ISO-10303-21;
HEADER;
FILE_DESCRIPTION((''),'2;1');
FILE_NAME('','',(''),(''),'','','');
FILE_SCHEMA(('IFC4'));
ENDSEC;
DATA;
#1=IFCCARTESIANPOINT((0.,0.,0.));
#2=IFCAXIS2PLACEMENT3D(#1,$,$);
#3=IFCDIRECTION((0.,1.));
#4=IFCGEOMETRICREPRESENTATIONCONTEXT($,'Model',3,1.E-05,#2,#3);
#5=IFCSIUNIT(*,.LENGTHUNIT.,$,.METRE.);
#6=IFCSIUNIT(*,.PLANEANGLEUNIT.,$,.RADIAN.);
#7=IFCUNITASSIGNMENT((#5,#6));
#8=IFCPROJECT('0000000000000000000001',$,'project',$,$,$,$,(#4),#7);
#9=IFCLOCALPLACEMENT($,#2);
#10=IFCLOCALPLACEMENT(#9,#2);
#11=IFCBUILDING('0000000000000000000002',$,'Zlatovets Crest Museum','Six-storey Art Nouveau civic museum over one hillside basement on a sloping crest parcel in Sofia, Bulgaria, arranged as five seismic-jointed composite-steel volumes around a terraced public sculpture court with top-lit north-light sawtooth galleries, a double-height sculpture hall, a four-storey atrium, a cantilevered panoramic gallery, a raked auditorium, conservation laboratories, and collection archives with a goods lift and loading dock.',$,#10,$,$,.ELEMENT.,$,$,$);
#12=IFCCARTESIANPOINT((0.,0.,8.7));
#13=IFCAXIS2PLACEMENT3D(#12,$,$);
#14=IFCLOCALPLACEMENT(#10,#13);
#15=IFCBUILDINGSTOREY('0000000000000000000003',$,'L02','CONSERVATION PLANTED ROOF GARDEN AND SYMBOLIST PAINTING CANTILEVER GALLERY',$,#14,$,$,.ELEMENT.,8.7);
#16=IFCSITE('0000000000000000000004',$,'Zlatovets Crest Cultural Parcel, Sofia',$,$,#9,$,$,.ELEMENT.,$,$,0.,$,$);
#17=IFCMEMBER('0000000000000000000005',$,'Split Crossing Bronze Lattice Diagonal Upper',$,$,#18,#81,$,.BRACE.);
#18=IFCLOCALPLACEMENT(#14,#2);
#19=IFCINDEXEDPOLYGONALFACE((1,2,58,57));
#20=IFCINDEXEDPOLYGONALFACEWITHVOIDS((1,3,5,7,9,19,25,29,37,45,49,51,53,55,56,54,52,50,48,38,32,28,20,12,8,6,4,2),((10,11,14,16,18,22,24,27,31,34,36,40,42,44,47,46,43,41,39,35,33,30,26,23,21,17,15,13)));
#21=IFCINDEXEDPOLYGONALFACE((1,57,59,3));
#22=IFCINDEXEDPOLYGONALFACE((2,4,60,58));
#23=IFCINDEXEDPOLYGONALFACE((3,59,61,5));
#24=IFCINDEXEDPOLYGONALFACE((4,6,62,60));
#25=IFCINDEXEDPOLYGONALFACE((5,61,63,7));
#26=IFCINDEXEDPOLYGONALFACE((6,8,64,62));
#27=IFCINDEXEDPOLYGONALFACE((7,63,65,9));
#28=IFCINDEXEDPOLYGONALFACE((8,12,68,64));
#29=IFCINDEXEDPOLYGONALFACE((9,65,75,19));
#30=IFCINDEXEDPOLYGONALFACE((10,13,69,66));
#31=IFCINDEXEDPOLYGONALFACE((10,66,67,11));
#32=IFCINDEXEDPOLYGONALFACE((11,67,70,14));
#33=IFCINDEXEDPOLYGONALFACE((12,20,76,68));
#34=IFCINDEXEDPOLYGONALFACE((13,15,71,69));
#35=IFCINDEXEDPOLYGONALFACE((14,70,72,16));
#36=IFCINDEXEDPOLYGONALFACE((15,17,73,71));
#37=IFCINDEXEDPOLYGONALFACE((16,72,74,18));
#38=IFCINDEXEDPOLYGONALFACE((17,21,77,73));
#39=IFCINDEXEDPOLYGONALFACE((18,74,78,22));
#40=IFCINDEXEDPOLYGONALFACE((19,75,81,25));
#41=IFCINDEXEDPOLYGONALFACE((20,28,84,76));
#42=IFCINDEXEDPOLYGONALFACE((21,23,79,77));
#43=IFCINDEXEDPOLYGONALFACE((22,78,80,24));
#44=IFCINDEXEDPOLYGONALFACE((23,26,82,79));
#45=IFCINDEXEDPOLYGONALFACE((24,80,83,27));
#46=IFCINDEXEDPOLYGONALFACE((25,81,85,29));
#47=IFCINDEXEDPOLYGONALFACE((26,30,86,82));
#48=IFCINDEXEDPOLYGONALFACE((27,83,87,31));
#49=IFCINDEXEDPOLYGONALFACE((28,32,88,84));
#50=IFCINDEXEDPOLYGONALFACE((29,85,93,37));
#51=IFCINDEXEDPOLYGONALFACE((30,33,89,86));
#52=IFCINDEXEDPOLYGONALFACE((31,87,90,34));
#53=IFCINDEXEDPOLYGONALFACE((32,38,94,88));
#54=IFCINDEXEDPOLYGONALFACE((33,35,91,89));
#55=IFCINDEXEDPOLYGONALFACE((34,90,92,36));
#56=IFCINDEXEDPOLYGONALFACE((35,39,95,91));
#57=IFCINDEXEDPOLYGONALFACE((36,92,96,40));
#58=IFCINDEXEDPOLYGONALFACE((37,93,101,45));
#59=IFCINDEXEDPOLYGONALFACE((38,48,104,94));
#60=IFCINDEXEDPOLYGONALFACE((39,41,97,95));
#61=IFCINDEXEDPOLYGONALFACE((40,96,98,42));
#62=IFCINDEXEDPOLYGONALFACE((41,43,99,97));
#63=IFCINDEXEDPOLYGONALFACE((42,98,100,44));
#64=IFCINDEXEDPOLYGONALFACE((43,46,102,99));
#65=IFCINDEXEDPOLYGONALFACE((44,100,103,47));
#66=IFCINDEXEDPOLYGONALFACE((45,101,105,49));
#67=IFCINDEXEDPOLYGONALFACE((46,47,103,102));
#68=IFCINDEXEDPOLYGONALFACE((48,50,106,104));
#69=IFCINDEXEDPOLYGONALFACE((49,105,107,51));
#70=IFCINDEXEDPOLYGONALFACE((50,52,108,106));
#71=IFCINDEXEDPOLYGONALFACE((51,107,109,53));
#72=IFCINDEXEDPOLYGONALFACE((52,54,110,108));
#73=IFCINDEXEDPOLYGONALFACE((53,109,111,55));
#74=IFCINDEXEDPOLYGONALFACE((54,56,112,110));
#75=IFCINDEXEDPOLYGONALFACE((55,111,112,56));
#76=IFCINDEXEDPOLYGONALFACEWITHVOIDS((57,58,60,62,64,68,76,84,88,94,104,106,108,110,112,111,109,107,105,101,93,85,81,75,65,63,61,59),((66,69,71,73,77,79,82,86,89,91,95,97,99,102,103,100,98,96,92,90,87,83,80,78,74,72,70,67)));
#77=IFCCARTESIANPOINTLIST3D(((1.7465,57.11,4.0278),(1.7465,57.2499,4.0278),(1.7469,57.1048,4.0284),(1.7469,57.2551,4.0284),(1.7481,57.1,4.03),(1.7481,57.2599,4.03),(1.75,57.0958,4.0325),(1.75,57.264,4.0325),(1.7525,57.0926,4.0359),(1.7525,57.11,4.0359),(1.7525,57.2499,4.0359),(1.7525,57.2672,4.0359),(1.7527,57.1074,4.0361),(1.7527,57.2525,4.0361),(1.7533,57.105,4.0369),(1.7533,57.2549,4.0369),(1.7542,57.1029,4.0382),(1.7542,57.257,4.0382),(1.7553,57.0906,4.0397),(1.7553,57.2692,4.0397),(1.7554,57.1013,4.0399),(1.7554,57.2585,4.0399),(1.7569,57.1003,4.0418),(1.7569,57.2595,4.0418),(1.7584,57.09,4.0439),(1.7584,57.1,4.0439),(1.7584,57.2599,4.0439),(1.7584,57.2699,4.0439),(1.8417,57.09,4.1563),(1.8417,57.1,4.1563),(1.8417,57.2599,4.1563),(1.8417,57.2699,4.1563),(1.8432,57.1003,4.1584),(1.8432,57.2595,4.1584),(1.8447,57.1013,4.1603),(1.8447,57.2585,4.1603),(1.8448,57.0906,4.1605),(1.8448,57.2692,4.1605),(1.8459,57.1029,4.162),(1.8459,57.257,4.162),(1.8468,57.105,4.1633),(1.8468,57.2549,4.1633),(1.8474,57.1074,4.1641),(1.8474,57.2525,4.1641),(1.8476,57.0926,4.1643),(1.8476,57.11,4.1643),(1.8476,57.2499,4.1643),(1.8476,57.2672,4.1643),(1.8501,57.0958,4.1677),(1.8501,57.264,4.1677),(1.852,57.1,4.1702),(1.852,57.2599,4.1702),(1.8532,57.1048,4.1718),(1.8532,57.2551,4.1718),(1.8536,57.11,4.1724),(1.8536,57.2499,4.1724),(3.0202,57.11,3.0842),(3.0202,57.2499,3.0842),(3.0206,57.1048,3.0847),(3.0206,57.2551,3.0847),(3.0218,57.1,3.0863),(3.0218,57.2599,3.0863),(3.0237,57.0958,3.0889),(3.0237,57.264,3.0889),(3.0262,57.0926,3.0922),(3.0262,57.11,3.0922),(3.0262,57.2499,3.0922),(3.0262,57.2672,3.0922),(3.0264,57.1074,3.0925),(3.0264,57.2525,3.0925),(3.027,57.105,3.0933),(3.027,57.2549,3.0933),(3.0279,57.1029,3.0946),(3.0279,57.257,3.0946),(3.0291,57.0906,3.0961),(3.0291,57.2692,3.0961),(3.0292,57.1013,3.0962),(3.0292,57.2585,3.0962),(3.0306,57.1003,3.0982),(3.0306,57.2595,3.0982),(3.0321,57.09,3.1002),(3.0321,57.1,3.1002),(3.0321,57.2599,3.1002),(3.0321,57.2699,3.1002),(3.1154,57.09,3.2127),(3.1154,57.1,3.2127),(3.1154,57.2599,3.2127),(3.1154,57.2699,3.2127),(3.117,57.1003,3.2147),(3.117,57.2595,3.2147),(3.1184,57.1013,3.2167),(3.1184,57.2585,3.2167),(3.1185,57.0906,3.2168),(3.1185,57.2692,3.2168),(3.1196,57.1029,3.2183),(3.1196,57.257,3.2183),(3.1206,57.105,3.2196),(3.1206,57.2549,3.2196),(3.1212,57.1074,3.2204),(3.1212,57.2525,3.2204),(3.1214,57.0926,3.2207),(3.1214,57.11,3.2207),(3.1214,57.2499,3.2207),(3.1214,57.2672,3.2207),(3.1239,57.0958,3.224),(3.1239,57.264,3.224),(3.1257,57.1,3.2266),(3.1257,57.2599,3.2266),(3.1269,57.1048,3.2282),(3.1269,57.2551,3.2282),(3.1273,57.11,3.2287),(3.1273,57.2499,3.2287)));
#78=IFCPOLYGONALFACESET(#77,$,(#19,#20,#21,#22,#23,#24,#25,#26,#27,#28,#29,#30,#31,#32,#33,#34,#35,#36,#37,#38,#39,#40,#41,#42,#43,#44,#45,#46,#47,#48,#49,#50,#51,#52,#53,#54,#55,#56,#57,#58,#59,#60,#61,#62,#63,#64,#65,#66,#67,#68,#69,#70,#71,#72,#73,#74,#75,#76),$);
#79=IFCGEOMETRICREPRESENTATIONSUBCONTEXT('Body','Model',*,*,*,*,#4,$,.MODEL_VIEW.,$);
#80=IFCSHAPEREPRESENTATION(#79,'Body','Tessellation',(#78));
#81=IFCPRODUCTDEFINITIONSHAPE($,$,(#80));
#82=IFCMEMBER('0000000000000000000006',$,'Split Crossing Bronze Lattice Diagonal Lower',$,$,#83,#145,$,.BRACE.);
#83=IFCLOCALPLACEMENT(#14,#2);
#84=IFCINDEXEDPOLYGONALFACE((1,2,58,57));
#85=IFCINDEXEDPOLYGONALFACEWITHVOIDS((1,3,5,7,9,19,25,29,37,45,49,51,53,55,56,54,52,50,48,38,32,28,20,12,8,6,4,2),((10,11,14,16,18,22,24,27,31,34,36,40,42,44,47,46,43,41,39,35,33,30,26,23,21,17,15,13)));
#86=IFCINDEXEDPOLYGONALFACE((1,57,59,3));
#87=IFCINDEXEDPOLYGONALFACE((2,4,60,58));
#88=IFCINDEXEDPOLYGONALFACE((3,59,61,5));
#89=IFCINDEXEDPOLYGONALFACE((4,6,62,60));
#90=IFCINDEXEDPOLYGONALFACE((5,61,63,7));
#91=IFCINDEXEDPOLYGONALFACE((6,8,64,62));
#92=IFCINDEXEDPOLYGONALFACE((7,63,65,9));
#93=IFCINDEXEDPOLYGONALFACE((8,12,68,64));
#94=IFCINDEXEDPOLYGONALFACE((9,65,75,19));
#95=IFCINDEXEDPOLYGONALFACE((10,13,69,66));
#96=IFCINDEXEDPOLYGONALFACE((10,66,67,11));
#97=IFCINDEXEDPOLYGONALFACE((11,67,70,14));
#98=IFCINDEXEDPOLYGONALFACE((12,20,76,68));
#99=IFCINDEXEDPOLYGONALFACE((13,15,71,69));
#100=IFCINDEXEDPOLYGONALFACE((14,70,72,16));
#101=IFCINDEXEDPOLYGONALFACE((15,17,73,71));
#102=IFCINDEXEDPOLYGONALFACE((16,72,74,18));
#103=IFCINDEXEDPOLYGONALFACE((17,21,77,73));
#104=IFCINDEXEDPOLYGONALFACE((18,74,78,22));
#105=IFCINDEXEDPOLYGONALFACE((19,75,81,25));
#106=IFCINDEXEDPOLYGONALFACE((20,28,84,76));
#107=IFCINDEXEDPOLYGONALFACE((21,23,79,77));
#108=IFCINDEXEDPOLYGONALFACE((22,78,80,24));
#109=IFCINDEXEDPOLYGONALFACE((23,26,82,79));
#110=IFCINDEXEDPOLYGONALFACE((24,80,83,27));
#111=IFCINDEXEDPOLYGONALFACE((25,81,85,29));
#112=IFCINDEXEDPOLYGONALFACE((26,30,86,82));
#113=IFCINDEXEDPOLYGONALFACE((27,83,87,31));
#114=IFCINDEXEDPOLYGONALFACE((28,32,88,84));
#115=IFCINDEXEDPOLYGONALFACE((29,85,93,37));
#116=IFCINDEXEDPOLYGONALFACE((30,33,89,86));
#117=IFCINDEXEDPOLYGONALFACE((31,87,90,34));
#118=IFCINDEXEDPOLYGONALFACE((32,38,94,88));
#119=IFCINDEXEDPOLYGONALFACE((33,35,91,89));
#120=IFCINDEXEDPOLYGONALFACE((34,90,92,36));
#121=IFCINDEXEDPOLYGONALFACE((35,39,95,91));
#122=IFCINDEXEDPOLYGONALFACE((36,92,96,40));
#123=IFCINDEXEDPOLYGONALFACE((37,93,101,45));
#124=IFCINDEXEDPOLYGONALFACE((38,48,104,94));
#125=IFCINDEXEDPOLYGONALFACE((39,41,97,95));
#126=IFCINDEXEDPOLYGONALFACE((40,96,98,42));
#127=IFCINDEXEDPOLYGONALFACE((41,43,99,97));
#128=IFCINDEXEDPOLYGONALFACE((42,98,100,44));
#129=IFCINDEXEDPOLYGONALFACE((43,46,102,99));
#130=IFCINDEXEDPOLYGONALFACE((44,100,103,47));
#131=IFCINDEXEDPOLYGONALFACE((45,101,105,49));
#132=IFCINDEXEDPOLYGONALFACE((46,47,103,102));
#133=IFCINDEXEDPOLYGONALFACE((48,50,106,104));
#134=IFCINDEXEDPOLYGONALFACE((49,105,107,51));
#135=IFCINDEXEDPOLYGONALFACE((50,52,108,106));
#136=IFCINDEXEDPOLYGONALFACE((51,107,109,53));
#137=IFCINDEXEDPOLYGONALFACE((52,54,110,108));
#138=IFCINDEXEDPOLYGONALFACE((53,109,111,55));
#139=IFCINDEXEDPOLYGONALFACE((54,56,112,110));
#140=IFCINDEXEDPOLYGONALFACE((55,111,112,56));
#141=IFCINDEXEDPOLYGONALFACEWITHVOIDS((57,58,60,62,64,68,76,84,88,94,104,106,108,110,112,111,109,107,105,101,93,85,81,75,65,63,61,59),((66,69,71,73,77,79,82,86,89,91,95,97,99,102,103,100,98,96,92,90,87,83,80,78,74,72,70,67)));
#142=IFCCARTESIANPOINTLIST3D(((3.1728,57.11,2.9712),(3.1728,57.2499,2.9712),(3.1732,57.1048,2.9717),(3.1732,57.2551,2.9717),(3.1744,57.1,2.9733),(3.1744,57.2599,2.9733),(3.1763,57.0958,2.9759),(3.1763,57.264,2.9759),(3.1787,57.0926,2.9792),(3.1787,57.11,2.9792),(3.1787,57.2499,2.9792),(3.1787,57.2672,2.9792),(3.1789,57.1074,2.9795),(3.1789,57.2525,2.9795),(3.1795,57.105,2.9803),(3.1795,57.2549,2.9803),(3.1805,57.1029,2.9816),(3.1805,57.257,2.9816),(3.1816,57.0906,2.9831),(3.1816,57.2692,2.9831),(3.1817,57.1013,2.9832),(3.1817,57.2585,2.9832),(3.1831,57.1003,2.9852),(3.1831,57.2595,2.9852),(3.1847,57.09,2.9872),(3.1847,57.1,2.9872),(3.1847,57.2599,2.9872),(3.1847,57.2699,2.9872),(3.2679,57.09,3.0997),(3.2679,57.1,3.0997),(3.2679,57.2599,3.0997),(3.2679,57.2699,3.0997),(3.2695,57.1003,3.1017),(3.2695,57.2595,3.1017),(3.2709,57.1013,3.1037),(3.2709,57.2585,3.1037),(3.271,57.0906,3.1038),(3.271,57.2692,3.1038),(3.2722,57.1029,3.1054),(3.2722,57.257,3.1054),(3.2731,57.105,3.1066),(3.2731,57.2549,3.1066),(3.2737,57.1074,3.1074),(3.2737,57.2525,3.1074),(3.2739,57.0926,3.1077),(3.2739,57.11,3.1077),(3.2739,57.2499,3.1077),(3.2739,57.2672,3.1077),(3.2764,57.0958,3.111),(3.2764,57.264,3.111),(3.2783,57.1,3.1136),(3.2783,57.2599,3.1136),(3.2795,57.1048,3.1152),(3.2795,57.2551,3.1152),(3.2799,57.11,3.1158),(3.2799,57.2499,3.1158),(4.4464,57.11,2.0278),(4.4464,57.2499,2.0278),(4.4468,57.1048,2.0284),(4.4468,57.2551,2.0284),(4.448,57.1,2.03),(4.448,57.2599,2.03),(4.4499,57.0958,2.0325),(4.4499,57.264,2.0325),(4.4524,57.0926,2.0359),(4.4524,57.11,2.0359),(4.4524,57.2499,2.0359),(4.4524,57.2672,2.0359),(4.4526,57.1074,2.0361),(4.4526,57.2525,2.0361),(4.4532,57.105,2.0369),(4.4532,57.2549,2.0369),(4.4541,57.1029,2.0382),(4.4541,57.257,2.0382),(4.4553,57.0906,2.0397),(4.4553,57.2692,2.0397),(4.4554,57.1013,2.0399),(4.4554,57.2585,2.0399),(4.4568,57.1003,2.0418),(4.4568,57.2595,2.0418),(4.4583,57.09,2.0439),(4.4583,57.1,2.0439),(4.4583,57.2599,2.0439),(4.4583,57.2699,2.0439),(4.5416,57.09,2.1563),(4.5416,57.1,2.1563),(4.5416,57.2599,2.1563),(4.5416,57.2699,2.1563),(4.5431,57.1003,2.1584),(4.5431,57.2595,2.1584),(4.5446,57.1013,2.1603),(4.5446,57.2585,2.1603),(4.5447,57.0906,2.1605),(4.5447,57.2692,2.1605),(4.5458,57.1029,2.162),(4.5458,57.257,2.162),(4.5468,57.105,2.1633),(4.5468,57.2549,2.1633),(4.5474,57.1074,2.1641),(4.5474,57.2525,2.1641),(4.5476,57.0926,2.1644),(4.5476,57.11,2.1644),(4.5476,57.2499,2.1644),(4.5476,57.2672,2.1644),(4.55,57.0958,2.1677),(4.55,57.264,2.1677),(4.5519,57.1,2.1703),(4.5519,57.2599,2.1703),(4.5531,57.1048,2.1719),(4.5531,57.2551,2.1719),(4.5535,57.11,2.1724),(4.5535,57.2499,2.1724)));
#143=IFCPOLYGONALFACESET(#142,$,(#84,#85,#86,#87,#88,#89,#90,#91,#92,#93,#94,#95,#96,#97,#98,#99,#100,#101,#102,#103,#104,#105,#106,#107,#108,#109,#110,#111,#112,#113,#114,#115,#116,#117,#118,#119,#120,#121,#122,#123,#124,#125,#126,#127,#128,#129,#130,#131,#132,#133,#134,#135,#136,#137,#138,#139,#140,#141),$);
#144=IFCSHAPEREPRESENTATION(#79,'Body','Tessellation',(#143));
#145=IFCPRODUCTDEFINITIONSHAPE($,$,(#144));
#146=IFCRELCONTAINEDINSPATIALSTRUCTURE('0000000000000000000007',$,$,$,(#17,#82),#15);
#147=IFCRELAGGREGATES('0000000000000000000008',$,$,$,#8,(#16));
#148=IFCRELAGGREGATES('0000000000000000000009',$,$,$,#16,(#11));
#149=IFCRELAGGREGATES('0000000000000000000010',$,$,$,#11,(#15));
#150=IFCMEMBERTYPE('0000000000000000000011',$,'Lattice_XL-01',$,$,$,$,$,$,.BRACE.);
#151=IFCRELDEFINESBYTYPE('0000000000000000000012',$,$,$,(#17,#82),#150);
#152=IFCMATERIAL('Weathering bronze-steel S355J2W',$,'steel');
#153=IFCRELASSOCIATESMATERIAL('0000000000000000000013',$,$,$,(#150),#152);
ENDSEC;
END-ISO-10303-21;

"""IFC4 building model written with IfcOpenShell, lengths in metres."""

from ifc_helpers import new_model, si_unit, direction, frame, origin, origin_2d, place, context, subcontext, project, spatial, hollow_rectangle, extrude, material, material_profile, profile_set, type_object, element, save


model = new_model("IFC4")

# Units and contexts
model_context = context("Model", 3, precision=1e-05, world=origin(), true_north=direction((0.0, 1.0)))
body_context = subcontext(model_context, "Body", "Model", "MODEL_VIEW")
ifc_project = project(units=[si_unit("LENGTHUNIT", "METRE"), si_unit("PLANEANGLEUNIT", "RADIAN")], contexts=[model_context])

# Site, building, storey
site_placement = place(None, origin())
site = spatial("IfcSite", under=ifc_project, at=site_placement, Name="Zlatovets Crest Cultural Parcel, Sofia", CompositionType="ELEMENT", RefElevation=0.0)
building_placement = place(site_placement, origin())
building = spatial("IfcBuilding", under=site, at=building_placement, Name="Zlatovets Crest Museum", Description="Six-storey Art Nouveau civic museum over one hillside basement on a sloping crest parcel in Sofia, Bulgaria, arranged as five seismic-jointed composite-steel volumes around a terraced public sculpture court with top-lit north-light sawtooth galleries, a double-height sculpture hall, a four-storey atrium, a cantilevered panoramic gallery, a raked auditorium, conservation laboratories, and collection archives with a goods lift and loading dock.", CompositionType="ELEMENT")
storey_placement = place(building_placement, frame((0.0, 0.0, 8.7)))
storey = spatial("IfcBuildingStorey", under=building, at=storey_placement, Name="L02", Description="CONSERVATION PLANTED ROOF GARDEN AND SYMBOLIST PAINTING CANTILEVER GALLERY", CompositionType="ELEMENT", Elevation=8.7)

# Members
ifc_material_1 = material(Name="Weathering bronze-steel S355J2W", Category="steel")
ifc_material_profile_1 = material_profile(ifc_material_1, hollow_rectangle(XDim=0.1799, YDim=0.1799, WallThickness=0.01, InnerFilletRadius=0.01, OuterFilletRadius=0.02, at=origin_2d()), Name="SHS 180x180x10.0")
ifc_profile_set_1 = profile_set([ifc_material_profile_1], Name="Weathering bronze-steel S355J2W")
member_type_1 = type_object("IfcMemberType", Name="Lattice_XL-01", PredefinedType="BRACE", material=ifc_profile_set_1)
member_1_placement = place(storey_placement, frame((1.8, 57.1799, 4.1001), z_axis=(0.803516, 0.0, -0.595283), x_axis=(0.0, 1.0, 0.0)))
element("IfcMember", 1, at=member_1_placement, inside=storey, type_object=member_type_1, Name="Split Crossing Bronze Lattice Diagonal Upper", PredefinedType="BRACE", context=body_context, shape_type="SweptSolid", body=[
    extrude(hollow_rectangle(XDim=0.1799, YDim=0.1799, WallThickness=0.01, InnerFilletRadius=0.01, OuterFilletRadius=0.02, at=origin_2d()), origin(), (0.0, 0.0, 1.0), 1.5852),
])
member_2_placement = place(storey_placement, frame((3.2263, 57.1799, 3.0435), z_axis=(0.80359, 0.0, -0.595183), x_axis=(0.0, 1.0, 0.0)))
element("IfcMember", 2, at=member_2_placement, inside=storey, type_object=member_type_1, Name="Split Crossing Bronze Lattice Diagonal Lower", PredefinedType="BRACE", context=body_context, shape_type="SweptSolid", body=[
    extrude(hollow_rectangle(XDim=0.1799, YDim=0.1799, WallThickness=0.01, InnerFilletRadius=0.01, OuterFilletRadius=0.02, at=origin_2d()), origin(), (0.0, 0.0, 1.0), 1.585),
])

save(model, "model.ifc")
